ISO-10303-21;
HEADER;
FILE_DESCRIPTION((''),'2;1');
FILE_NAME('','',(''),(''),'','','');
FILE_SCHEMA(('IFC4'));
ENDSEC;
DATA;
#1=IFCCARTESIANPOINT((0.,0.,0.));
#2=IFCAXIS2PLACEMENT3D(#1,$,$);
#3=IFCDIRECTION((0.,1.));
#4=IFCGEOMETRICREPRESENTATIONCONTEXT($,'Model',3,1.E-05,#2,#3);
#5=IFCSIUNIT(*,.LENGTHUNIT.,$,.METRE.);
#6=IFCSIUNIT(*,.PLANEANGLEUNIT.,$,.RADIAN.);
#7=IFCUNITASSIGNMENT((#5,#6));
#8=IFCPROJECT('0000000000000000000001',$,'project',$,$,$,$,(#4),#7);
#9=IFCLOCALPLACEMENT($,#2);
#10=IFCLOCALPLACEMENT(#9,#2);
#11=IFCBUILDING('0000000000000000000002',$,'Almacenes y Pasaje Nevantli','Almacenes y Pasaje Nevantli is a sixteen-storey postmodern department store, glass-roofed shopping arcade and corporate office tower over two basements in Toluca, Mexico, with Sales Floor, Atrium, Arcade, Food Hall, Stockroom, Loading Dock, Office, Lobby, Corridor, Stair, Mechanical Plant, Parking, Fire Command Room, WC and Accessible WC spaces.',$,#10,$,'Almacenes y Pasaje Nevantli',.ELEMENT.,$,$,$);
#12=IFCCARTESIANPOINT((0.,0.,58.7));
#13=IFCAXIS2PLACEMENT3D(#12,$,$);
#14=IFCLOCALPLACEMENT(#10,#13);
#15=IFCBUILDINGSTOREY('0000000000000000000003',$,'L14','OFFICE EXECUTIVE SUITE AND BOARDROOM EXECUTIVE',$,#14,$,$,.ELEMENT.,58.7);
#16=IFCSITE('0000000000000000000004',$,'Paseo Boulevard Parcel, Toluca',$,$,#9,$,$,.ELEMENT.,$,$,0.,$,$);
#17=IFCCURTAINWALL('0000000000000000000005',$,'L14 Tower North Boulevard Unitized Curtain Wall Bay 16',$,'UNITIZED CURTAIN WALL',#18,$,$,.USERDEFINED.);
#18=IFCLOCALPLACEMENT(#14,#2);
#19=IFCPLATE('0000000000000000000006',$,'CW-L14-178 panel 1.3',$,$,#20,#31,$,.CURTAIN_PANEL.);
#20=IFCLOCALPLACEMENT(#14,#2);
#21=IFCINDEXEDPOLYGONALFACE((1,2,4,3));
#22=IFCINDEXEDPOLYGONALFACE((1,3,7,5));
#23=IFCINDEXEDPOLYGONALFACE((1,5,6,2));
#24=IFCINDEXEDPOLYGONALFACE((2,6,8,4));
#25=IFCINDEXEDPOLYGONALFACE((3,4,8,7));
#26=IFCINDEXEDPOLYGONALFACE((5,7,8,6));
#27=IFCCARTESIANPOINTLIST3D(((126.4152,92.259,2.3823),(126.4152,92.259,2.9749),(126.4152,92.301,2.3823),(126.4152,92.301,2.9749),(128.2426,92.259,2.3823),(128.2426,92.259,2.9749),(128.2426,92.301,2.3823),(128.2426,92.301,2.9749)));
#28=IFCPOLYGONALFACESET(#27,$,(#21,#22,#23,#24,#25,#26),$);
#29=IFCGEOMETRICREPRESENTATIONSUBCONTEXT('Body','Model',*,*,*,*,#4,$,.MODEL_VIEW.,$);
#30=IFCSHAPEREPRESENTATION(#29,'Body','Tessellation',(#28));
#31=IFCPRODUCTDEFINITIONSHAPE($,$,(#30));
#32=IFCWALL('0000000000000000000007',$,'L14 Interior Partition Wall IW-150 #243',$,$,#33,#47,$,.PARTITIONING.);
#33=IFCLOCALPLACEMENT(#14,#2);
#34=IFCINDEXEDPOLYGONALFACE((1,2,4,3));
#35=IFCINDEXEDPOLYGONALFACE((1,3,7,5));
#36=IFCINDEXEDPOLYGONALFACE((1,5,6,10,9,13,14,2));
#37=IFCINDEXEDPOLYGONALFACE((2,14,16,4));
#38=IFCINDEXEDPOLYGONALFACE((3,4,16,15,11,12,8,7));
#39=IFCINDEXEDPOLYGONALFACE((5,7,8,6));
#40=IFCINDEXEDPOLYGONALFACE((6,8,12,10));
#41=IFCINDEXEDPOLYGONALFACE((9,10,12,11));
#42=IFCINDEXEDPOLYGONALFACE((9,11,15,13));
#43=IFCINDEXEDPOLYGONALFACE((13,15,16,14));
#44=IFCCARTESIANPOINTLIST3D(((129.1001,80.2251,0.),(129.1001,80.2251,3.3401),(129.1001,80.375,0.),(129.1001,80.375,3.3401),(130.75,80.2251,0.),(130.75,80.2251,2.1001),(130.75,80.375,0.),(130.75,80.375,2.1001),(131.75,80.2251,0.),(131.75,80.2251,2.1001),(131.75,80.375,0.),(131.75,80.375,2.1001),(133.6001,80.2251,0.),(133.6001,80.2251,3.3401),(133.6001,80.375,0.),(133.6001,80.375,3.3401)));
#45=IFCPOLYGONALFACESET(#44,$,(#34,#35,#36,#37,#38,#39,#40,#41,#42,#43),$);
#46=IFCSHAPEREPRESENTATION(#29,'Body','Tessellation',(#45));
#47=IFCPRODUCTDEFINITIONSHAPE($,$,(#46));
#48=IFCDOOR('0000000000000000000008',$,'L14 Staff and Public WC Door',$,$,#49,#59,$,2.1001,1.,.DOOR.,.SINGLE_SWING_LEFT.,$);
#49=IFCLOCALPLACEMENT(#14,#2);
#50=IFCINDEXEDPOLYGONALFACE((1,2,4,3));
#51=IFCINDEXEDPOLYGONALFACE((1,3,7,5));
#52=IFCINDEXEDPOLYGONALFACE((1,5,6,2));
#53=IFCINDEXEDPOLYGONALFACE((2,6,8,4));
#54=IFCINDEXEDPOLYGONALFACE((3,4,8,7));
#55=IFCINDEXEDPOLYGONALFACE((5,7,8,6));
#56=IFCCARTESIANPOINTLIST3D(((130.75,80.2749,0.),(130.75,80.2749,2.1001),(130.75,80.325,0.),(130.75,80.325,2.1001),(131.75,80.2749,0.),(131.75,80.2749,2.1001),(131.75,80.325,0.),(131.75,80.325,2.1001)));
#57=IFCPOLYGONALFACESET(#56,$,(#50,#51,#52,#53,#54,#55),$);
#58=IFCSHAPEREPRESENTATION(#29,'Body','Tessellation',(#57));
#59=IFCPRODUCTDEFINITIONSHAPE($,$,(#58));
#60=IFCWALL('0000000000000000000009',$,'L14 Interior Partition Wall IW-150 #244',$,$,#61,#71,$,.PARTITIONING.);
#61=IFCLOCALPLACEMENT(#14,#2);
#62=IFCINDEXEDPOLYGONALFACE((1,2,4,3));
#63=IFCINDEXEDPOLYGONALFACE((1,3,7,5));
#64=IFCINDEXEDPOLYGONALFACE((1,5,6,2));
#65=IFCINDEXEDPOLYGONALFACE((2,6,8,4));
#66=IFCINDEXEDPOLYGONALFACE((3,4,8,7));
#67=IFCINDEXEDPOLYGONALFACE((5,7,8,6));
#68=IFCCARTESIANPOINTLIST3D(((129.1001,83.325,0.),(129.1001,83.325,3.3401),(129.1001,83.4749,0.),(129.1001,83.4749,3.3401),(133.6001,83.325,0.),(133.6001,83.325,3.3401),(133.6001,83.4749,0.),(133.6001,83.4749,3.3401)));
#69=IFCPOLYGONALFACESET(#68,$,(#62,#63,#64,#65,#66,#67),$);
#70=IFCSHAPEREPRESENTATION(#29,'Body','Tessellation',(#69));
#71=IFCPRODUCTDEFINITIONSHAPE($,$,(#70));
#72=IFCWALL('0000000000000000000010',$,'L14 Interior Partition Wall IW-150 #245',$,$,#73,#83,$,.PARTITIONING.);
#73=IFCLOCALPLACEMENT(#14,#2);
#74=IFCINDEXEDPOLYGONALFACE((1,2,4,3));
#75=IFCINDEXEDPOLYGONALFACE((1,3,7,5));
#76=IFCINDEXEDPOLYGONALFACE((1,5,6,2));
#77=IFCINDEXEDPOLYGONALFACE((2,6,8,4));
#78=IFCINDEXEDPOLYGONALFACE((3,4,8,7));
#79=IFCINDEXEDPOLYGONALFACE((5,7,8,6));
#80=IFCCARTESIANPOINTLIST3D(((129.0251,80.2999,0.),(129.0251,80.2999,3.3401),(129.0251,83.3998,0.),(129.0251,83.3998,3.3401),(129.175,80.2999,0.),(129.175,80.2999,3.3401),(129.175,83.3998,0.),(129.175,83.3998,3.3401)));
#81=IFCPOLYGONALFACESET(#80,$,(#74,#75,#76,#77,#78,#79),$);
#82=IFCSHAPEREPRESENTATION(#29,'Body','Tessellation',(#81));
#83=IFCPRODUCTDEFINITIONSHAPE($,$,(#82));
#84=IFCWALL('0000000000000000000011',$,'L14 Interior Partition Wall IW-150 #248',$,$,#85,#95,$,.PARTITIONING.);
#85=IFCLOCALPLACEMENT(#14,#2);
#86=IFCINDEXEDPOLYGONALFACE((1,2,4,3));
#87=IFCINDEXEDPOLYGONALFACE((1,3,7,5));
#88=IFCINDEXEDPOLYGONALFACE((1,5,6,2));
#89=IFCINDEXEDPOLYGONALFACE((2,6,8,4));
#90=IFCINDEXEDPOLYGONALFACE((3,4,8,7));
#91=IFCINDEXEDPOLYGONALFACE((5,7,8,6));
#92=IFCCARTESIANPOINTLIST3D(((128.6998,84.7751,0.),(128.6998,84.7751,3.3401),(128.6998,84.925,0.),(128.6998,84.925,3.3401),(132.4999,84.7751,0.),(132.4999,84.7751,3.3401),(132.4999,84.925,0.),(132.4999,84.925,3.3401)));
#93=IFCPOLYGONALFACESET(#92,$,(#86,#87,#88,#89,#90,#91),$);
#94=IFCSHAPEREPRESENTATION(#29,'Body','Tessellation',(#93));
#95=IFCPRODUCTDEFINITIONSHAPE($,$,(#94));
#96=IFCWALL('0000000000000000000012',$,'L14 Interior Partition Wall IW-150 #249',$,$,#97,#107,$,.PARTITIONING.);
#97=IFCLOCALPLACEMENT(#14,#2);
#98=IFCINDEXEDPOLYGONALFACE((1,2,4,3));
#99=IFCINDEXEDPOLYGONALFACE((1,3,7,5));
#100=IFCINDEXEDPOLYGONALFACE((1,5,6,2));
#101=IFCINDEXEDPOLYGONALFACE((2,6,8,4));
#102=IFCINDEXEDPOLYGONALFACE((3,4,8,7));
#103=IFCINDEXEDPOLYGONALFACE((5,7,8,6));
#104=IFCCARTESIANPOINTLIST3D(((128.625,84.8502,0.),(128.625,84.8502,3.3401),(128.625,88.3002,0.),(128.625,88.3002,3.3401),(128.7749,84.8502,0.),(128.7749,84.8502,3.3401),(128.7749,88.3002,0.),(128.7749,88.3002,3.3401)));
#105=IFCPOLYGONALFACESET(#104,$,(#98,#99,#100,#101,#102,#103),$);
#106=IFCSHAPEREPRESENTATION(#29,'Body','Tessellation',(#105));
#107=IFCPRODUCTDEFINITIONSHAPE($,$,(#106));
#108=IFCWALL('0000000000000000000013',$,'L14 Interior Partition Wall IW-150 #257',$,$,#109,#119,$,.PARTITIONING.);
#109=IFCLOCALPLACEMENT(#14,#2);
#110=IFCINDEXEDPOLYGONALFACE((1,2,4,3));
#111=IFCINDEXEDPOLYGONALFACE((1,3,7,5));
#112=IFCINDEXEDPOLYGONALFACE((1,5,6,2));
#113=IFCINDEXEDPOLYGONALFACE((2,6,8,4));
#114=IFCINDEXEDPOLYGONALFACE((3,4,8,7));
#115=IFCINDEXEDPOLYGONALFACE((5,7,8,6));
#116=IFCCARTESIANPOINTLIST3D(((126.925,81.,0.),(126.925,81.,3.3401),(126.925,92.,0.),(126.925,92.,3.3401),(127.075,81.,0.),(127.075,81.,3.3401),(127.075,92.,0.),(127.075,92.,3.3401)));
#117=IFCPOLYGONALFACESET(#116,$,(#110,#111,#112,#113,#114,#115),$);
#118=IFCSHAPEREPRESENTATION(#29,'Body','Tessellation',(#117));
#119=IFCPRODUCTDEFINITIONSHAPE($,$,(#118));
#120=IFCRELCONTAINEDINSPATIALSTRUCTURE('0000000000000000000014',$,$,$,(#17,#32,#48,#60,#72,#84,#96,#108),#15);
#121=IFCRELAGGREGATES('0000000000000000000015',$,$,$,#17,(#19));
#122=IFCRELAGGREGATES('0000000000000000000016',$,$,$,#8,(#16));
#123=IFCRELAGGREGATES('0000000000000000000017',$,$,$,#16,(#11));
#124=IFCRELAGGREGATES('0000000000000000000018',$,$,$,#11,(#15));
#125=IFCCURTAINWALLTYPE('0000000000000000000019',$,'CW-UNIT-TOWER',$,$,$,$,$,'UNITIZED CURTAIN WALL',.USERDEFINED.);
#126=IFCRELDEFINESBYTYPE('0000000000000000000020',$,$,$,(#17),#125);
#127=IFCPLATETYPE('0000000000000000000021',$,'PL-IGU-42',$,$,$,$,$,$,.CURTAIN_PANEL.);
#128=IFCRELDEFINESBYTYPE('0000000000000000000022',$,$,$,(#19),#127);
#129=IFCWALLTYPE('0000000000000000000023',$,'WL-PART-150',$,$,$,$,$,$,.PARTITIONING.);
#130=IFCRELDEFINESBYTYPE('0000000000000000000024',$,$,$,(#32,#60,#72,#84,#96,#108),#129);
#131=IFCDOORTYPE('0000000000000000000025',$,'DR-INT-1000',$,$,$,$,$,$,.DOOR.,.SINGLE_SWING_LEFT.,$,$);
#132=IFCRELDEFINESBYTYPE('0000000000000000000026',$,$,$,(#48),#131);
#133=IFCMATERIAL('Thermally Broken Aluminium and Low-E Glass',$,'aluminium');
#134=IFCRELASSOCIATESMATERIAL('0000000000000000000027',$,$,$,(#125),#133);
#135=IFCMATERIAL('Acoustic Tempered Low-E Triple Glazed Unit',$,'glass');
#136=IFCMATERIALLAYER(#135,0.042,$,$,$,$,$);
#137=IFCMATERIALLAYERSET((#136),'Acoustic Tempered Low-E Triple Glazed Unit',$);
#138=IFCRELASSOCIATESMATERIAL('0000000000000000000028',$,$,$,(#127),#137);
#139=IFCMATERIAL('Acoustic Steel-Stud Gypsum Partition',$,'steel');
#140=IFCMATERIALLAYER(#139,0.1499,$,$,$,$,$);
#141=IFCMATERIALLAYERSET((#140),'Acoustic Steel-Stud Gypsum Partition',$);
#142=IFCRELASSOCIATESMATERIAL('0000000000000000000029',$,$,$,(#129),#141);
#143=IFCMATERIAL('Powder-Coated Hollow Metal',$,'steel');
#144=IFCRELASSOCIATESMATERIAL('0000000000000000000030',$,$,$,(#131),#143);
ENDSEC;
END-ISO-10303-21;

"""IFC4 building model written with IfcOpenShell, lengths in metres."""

from ifc_helpers import new_model, si_unit, direction, frame, frame_2d, origin, origin_2d, place, context, subcontext, project, spatial, rectangle, extrude, material, layer, layer_set, type_object, element, fill, aggregate, save


model = new_model("IFC4")

# Units and contexts
model_context = context("Model", 3, precision=1e-05, world=origin(), true_north=direction((0.0, 1.0)))
body_context = subcontext(model_context, "Body", "Model", "MODEL_VIEW")
ifc_project = project(units=[si_unit("LENGTHUNIT", "METRE"), si_unit("PLANEANGLEUNIT", "RADIAN")], contexts=[model_context])

# Site, building, storey
site_placement = place(None, origin())
site = spatial("IfcSite", under=ifc_project, at=site_placement, Name="Paseo Boulevard Parcel, Toluca", CompositionType="ELEMENT", RefElevation=0.0)
building_placement = place(site_placement, origin())
building = spatial("IfcBuilding", under=site, at=building_placement, Name="Almacenes y Pasaje Nevantli", Description="Almacenes y Pasaje Nevantli is a sixteen-storey postmodern department store, glass-roofed shopping arcade and corporate office tower over two basements in Toluca, Mexico, with Sales Floor, Atrium, Arcade, Food Hall, Stockroom, Loading Dock, Office, Lobby, Corridor, Stair, Mechanical Plant, Parking, Fire Command Room, WC and Accessible WC spaces.", LongName="Almacenes y Pasaje Nevantli", CompositionType="ELEMENT")
storey_placement = place(building_placement, frame((0.0, 0.0, 58.7)))
storey = spatial("IfcBuildingStorey", under=building, at=storey_placement, Name="L14", Description="OFFICE EXECUTIVE SUITE AND BOARDROOM EXECUTIVE", CompositionType="ELEMENT", Elevation=58.7)

# Curtain wall, plate
ifc_material_1 = material(Name="Thermally Broken Aluminium and Low-E Glass", Category="aluminium")
curtain_wall_type = type_object("IfcCurtainWallType", Name="CW-UNIT-TOWER", ElementType="UNITIZED CURTAIN WALL", PredefinedType="USERDEFINED", material=ifc_material_1)
curtain_wall_placement = place(storey_placement, origin())
curtain_wall = element("IfcCurtainWall", 1, at=curtain_wall_placement, inside=storey, type_object=curtain_wall_type, Name="L14 Tower North Boulevard Unitized Curtain Wall Bay 16", ObjectType="UNITIZED CURTAIN WALL", PredefinedType="USERDEFINED")
ifc_material_2 = material(Name="Acoustic Tempered Low-E Triple Glazed Unit", Category="glass")
ifc_layer_1 = layer(ifc_material_2, 0.042)
ifc_layer_set_1 = layer_set([ifc_layer_1], Name="Acoustic Tempered Low-E Triple Glazed Unit")
plate_type = type_object("IfcPlateType", Name="PL-IGU-42", PredefinedType="CURTAIN_PANEL", material=ifc_layer_set_1)
plate_1_placement = place(storey_placement, frame((127.3289, 92.28, 2.3823), z_axis=(0.0, 0.0, 1.0), x_axis=(1.0, 0.0, 0.0)))
plate_1 = element("IfcPlate", 2, at=plate_1_placement, type_object=plate_type, Name="CW-L14-178 panel 1.3", PredefinedType="CURTAIN_PANEL", context=body_context, shape_type="SweptSolid", body=[
    extrude(rectangle(XDim=1.8274, YDim=0.042, at=origin_2d()), origin(), (0.0, 0.0, 1.0), 0.5925),
])
aggregate(curtain_wall, [plate_1])

# Wall, opening, door
ifc_material_3 = material(Name="Acoustic Steel-Stud Gypsum Partition", Category="steel")
ifc_layer_2 = layer(ifc_material_3, 0.1499)
ifc_layer_set_2 = layer_set([ifc_layer_2], Name="Acoustic Steel-Stud Gypsum Partition")
wall_type = type_object("IfcWallType", Name="WL-PART-150", PredefinedType="PARTITIONING", material=ifc_layer_set_2)
wall_1_placement = place(storey_placement, frame((129.1001, 80.3, 0.0), z_axis=(0.0, 0.0, 1.0), x_axis=(1.0, 0.0, 0.0)))
wall_1 = element("IfcWall", 3, at=wall_1_placement, inside=storey, type_object=wall_type, Name="L14 Interior Partition Wall IW-150 #243", PredefinedType="PARTITIONING", context=body_context, shape_type="SweptSolid", body=[
    extrude(rectangle(XDim=4.5, YDim=0.1499, at=frame_2d((2.25, 0.0))), origin(), (0.0, 0.0, 1.0), 3.3401),
])
opening_1_placement = place(wall_1_placement, frame((1.6499, 0.0, 0.0)))
opening_1 = element("IfcOpeningElement", 4, at=opening_1_placement, cuts=wall_1, PredefinedType="OPENING", context=body_context, shape_type="SweptSolid", body=[
    extrude(rectangle(XDim=1.0, YDim=2.1001, at=frame_2d((0.5, 1.05))), frame((0.0, 0.085, 0.0), z_axis=(0.0, -1.0, 0.0), x_axis=(1.0, 0.0, 0.0)), (0.0, 0.0, 1.0), 0.1699),
])
ifc_material_4 = material(Name="Powder-Coated Hollow Metal", Category="steel")
door_type_1 = type_object("IfcDoorType", Name="DR-INT-1000", OperationType="SINGLE_SWING_LEFT", PredefinedType="DOOR", material=ifc_material_4)
door_1_placement = place(opening_1_placement, origin())
door_1 = element("IfcDoor", 5, at=door_1_placement, inside=storey, type_object=door_type_1, Name="L14 Staff and Public WC Door", OperationType="SINGLE_SWING_LEFT", OverallHeight=2.1001, OverallWidth=1.0, PredefinedType="DOOR", context=body_context, shape_type="SweptSolid", body=[
    extrude(rectangle(XDim=1.0, YDim=2.1001, at=frame_2d((0.5, 1.05))), frame((0.0, 0.0249, 0.0), z_axis=(0.0, -1.0, 0.0), x_axis=(1.0, 0.0, 0.0)), (0.0, 0.0, 1.0), 0.05),
])
fill(opening_1, door_1)

# Walls
wall_2_placement = place(storey_placement, frame((129.1001, 83.3999, 0.0), z_axis=(0.0, 0.0, 1.0), x_axis=(1.0, 0.0, 0.0)))
element("IfcWall", 6, at=wall_2_placement, inside=storey, type_object=wall_type, Name="L14 Interior Partition Wall IW-150 #244", PredefinedType="PARTITIONING", context=body_context, shape_type="SweptSolid", body=[
    extrude(rectangle(XDim=4.5, YDim=0.1499, at=frame_2d((2.25, 0.0))), origin(), (0.0, 0.0, 1.0), 3.3401),
])
wall_3_placement = place(storey_placement, frame((129.1001, 80.3, 0.0), z_axis=(0.0, 0.0, 1.0), x_axis=(0.0, 1.0, 0.0)))
element("IfcWall", 7, at=wall_3_placement, inside=storey, type_object=wall_type, Name="L14 Interior Partition Wall IW-150 #245", PredefinedType="PARTITIONING", context=body_context, shape_type="SweptSolid", body=[
    extrude(rectangle(XDim=3.0999, YDim=0.1499, at=frame_2d((1.5498, 0.0))), origin(), (0.0, 0.0, 1.0), 3.3401),
])

# Walls
wall_4_placement = place(storey_placement, frame((128.7, 84.8501, 0.0), z_axis=(0.0, 0.0, 1.0), x_axis=(1.0, 0.0, 0.0)))
element("IfcWall", 8, at=wall_4_placement, inside=storey, type_object=wall_type, Name="L14 Interior Partition Wall IW-150 #248", PredefinedType="PARTITIONING", context=body_context, shape_type="SweptSolid", body=[
    extrude(rectangle(XDim=3.8, YDim=0.1499, at=frame_2d((1.8999, 0.0))), origin(), (0.0, 0.0, 1.0), 3.3401),
])
wall_5_placement = place(storey_placement, frame((128.7, 84.8501, 0.0), z_axis=(0.0, 0.0, 1.0), x_axis=(0.0, 1.0, 0.0)))
element("IfcWall", 9, at=wall_5_placement, inside=storey, type_object=wall_type, Name="L14 Interior Partition Wall IW-150 #249", PredefinedType="PARTITIONING", context=body_context, shape_type="SweptSolid", body=[
    extrude(rectangle(XDim=3.45, YDim=0.1499, at=frame_2d((1.7251, 0.0))), origin(), (0.0, 0.0, 1.0), 3.3401),
])
wall_6_placement = place(storey_placement, frame((127.0, 81.0, 0.0), z_axis=(0.0, 0.0, 1.0), x_axis=(0.0, 1.0, 0.0)))
element("IfcWall", 10, at=wall_6_placement, inside=storey, type_object=wall_type, Name="L14 Interior Partition Wall IW-150 #257", PredefinedType="PARTITIONING", context=body_context, shape_type="SweptSolid", body=[
    extrude(rectangle(XDim=11.0, YDim=0.1499, at=frame_2d((5.5, 0.0))), origin(), (0.0, 0.0, 1.0), 3.3401),
])

save(model, "model.ifc")
